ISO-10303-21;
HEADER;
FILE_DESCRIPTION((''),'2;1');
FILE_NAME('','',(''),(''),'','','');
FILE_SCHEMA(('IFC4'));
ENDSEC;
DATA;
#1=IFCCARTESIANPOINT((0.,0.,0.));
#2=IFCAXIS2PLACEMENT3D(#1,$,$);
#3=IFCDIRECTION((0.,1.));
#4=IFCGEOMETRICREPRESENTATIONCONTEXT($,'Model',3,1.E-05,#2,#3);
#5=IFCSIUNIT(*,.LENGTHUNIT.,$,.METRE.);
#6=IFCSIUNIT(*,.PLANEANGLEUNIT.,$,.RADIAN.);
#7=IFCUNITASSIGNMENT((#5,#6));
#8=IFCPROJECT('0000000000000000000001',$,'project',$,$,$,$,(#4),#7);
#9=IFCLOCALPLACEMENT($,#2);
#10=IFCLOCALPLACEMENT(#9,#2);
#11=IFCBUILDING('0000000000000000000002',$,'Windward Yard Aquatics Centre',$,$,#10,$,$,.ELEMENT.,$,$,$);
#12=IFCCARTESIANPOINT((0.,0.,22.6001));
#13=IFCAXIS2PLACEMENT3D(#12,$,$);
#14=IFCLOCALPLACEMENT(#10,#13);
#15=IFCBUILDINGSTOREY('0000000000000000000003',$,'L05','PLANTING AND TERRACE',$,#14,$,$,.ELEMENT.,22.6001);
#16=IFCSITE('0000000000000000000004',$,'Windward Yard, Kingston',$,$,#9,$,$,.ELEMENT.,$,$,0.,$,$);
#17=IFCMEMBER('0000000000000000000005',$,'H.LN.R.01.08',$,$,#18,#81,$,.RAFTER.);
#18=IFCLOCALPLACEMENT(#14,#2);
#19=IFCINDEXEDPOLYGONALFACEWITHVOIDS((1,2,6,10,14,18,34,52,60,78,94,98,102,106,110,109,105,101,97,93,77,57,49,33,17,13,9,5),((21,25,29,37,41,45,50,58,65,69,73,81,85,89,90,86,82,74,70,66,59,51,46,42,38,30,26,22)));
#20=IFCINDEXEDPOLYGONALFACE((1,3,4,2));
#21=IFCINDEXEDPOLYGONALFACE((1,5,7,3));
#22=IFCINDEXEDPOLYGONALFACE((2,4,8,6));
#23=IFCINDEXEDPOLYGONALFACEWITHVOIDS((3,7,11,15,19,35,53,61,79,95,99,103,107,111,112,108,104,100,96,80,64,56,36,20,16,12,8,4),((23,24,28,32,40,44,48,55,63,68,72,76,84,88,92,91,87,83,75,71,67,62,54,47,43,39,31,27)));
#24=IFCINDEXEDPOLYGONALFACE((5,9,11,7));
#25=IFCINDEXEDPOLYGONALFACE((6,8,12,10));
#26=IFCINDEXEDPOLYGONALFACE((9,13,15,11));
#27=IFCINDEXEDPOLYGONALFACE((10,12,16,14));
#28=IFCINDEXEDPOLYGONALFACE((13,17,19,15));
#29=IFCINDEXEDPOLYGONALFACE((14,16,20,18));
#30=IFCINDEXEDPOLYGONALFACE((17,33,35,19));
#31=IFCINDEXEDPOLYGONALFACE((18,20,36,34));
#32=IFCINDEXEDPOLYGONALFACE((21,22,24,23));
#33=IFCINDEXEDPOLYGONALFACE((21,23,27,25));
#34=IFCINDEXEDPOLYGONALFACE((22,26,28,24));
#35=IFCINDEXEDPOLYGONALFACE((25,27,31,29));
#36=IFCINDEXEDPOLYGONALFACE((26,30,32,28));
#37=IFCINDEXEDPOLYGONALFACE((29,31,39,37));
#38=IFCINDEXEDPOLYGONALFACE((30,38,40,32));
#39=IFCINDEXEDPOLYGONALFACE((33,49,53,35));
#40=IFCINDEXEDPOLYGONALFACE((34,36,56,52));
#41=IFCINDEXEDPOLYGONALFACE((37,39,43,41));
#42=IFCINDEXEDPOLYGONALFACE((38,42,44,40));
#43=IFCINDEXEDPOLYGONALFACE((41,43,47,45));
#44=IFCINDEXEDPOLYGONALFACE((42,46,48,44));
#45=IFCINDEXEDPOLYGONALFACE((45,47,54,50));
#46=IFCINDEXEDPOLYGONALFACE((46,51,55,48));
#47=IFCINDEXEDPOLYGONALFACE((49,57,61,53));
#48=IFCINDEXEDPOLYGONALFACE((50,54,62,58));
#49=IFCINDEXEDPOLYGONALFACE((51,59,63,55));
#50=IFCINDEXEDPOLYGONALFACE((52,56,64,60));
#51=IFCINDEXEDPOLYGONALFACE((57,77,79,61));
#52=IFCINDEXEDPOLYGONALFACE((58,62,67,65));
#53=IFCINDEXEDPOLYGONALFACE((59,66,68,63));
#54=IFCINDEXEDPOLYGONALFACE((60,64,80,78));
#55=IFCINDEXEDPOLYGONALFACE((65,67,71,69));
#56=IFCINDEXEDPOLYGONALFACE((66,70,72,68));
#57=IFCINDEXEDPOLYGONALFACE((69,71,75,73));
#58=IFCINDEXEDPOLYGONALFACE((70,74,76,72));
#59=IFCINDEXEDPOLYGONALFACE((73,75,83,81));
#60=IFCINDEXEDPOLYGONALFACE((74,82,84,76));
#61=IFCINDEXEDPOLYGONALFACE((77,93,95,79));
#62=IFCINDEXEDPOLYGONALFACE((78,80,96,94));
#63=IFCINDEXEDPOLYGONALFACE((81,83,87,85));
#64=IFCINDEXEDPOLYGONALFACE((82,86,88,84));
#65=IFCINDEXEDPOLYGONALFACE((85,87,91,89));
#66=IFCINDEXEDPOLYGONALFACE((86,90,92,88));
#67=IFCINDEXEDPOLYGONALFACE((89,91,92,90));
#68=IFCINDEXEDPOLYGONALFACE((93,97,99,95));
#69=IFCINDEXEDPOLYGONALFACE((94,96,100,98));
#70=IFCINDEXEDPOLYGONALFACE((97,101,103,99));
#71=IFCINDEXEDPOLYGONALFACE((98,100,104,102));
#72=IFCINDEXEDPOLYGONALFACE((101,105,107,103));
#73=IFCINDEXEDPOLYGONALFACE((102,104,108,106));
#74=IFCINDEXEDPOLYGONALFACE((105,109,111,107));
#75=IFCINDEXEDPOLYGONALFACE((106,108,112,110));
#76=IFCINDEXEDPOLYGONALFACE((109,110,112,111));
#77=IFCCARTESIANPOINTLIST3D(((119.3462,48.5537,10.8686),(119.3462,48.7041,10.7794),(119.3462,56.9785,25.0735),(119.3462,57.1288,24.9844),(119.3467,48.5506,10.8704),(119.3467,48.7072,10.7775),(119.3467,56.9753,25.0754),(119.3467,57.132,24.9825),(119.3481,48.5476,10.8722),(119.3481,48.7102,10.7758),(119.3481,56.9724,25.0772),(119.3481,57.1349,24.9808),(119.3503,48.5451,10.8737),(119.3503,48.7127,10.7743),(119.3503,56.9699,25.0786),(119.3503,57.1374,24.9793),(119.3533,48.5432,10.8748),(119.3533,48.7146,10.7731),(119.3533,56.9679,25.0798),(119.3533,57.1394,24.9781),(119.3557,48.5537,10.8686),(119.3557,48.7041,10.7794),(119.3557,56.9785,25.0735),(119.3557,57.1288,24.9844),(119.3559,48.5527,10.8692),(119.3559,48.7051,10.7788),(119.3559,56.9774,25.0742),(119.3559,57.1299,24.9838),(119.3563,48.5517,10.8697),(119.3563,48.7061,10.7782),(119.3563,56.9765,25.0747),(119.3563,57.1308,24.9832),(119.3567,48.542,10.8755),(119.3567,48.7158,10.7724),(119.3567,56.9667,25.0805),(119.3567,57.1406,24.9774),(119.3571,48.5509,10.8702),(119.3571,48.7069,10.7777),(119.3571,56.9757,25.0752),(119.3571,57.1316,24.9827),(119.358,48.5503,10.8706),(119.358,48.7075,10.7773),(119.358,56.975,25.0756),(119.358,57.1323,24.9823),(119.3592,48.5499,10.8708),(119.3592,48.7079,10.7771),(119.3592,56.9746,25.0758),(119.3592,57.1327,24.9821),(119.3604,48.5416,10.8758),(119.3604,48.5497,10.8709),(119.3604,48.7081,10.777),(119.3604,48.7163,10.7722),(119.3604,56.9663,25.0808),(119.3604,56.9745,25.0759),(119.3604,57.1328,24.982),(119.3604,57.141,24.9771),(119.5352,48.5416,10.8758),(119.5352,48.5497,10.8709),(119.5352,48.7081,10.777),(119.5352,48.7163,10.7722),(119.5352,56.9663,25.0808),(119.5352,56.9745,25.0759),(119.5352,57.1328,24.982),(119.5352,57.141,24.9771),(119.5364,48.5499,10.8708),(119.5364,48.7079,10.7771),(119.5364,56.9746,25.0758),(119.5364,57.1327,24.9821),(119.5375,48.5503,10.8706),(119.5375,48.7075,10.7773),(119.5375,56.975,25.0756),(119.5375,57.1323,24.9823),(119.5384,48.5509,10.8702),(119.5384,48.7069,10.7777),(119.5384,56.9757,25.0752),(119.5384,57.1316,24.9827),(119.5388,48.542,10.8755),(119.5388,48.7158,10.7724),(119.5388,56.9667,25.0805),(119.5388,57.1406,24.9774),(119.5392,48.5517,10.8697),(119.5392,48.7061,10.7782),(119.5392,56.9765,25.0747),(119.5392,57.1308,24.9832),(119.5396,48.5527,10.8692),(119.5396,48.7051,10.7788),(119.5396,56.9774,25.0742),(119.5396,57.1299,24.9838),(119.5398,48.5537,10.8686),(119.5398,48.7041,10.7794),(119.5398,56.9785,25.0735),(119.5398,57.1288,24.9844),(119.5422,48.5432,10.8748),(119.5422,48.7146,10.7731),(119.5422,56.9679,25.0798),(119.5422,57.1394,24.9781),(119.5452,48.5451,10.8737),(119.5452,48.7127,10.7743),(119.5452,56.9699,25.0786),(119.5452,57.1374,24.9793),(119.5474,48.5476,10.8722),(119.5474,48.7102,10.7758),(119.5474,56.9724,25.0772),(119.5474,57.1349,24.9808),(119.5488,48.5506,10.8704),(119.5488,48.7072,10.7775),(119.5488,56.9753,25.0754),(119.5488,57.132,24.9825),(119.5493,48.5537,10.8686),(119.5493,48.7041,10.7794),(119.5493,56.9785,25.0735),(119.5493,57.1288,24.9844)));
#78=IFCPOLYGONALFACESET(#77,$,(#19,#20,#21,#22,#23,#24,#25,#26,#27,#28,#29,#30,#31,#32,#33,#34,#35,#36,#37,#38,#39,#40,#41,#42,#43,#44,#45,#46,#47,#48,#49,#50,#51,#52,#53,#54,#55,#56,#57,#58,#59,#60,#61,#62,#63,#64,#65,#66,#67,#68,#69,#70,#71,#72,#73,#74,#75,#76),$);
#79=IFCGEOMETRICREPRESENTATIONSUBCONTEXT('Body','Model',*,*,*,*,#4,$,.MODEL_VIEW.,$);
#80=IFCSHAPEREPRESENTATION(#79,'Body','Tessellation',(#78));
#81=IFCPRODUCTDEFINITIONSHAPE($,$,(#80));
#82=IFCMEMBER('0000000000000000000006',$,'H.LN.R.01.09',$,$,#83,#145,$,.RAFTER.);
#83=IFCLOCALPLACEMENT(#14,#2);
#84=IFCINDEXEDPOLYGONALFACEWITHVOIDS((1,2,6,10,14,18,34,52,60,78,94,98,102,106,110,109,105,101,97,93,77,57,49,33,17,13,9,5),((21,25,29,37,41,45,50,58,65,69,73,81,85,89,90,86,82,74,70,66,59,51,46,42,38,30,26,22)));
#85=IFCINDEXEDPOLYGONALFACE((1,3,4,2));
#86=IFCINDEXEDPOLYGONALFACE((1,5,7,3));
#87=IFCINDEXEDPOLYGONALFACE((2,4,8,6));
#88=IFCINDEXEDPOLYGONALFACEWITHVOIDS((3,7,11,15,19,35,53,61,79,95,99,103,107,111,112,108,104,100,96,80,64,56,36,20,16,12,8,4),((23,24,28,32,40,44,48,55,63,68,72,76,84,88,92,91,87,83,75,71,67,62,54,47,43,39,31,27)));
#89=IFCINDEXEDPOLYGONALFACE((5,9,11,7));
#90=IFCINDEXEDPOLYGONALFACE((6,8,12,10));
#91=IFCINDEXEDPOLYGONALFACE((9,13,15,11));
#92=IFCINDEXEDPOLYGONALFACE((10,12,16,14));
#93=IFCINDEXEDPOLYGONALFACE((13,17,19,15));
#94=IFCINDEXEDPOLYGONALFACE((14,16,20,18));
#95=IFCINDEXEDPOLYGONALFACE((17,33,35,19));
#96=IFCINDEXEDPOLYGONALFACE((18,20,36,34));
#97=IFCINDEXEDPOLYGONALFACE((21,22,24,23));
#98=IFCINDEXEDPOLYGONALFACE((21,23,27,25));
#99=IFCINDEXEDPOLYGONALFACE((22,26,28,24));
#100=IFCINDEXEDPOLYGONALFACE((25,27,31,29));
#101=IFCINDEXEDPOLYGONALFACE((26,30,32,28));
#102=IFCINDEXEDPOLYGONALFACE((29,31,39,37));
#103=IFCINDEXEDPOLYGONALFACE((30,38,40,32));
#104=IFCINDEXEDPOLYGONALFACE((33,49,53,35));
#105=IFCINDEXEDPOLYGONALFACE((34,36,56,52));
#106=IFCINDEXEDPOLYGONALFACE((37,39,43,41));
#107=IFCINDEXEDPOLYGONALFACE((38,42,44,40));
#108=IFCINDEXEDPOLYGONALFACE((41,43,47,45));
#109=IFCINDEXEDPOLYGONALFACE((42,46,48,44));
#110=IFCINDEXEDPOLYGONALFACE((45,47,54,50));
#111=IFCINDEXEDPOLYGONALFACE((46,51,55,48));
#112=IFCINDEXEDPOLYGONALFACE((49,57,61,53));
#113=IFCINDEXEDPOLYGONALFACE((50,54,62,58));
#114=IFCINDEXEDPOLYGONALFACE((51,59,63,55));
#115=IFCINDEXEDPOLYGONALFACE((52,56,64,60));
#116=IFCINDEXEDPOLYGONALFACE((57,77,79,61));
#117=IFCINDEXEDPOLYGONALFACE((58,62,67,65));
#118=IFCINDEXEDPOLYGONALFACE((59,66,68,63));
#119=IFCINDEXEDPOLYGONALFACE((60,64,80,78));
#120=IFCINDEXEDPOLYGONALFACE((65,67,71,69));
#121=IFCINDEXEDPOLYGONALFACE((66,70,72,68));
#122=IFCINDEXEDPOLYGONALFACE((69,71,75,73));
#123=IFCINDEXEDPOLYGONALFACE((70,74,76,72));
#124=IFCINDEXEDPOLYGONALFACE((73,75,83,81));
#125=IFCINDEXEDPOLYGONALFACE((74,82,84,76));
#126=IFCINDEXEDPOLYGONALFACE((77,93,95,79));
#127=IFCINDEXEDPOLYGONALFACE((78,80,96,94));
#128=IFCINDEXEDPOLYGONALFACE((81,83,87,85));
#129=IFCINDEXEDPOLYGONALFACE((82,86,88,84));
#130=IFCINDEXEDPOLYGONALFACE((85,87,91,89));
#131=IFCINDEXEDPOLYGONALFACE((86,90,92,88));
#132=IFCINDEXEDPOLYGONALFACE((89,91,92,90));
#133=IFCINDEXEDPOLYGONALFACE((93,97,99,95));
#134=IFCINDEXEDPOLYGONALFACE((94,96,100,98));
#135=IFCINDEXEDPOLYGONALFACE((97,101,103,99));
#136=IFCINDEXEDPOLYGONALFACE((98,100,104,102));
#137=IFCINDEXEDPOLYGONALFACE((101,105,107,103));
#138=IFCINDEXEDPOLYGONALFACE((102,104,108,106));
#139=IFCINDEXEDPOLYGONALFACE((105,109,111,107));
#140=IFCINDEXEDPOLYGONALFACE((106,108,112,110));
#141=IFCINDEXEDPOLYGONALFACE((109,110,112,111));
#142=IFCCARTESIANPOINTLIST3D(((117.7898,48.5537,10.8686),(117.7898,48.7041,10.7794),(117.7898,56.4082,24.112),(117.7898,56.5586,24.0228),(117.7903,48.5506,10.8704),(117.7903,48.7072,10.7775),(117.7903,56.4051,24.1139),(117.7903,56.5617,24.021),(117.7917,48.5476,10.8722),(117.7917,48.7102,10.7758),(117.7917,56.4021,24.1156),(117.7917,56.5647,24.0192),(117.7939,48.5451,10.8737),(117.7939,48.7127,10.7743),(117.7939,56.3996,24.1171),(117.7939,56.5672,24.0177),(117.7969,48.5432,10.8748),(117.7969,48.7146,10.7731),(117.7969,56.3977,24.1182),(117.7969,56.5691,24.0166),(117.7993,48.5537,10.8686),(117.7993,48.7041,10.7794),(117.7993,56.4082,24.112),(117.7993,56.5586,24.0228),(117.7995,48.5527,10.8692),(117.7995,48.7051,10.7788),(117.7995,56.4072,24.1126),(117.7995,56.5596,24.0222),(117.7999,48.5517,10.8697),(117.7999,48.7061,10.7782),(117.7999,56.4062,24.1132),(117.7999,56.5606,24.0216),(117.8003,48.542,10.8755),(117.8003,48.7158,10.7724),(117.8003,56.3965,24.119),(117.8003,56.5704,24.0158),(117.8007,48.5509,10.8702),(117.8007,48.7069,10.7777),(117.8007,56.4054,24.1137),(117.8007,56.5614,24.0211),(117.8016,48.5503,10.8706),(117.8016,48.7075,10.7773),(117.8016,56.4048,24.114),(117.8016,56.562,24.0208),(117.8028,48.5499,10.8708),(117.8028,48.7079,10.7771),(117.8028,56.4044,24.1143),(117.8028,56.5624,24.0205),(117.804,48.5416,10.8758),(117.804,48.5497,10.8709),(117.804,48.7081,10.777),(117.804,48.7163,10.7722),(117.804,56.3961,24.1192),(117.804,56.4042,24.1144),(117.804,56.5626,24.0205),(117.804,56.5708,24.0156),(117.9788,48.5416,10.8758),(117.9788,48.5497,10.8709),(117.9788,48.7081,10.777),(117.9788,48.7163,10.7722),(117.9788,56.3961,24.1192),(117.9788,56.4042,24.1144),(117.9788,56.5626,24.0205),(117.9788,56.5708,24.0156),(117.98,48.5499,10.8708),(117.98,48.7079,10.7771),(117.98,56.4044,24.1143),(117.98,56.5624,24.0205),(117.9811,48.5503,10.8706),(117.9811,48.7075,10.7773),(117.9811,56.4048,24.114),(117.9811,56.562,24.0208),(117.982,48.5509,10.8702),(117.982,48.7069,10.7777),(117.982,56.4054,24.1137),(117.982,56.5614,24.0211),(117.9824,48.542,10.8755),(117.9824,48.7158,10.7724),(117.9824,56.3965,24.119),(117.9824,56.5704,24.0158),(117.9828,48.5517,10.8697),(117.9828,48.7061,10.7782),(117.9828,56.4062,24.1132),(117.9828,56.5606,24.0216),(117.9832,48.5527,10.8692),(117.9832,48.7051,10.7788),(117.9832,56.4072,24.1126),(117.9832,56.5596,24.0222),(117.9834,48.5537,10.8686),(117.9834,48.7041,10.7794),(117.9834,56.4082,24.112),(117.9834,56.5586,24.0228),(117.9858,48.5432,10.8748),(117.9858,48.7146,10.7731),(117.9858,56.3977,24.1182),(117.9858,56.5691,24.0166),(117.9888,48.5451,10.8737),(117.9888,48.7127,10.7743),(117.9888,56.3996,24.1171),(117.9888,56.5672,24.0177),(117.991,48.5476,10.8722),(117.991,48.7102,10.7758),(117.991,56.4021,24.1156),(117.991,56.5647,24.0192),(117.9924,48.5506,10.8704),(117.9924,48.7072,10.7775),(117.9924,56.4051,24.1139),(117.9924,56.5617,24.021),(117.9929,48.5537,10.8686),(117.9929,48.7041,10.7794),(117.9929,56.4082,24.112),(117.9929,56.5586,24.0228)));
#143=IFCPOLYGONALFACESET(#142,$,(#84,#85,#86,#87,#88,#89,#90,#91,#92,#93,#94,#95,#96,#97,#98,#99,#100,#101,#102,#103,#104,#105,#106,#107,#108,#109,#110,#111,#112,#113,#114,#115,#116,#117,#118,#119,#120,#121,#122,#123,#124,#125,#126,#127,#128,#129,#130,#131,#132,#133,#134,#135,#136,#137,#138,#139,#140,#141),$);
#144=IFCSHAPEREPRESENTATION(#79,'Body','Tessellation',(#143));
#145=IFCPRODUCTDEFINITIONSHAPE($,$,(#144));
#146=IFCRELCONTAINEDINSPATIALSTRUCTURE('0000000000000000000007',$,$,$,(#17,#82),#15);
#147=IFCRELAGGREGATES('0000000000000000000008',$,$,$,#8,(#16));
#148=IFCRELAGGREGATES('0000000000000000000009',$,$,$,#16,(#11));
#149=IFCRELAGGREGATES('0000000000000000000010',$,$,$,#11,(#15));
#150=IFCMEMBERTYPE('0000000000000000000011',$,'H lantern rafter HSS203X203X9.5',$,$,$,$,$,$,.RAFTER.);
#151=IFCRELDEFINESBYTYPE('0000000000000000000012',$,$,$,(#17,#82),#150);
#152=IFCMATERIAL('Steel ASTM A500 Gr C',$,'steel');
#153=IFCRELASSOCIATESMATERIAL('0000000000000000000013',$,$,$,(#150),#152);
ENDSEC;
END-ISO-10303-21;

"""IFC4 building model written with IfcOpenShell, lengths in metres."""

from ifc_helpers import new_model, si_unit, direction, frame, origin, origin_2d, place, context, subcontext, project, spatial, hollow_rectangle, extrude, material, material_profile, profile_set, type_object, element, save


model = new_model("IFC4")

# Units and contexts
model_context = context("Model", 3, precision=1e-05, world=origin(), true_north=direction((0.0, 1.0)))
body_context = subcontext(model_context, "Body", "Model", "MODEL_VIEW")
ifc_project = project(units=[si_unit("LENGTHUNIT", "METRE"), si_unit("PLANEANGLEUNIT", "RADIAN")], contexts=[model_context])

# Site, building, storey
site_placement = place(None, origin())
site = spatial("IfcSite", under=ifc_project, at=site_placement, Name="Windward Yard, Kingston", CompositionType="ELEMENT", RefElevation=0.0)
building_placement = place(site_placement, origin())
building = spatial("IfcBuilding", under=site, at=building_placement, Name="Windward Yard Aquatics Centre", CompositionType="ELEMENT")
storey_placement = place(building_placement, frame((0.0, 0.0, 22.6001)))
storey = spatial("IfcBuildingStorey", under=building, at=storey_placement, Name="L05", Description="PLANTING AND TERRACE", CompositionType="ELEMENT", Elevation=22.6001)

# Members
ifc_material_1 = material(Name="Steel ASTM A500 Gr C", Category="steel")
ifc_material_profile_1 = material_profile(ifc_material_1, hollow_rectangle(XDim=0.2031, YDim=0.2031, WallThickness=0.0095, InnerFilletRadius=0.0046, OuterFilletRadius=0.0142, at=origin_2d()), Name="HSS203X203X9.5")
ifc_profile_set_1 = profile_set([ifc_material_profile_1], Name="Steel ASTM A500 Gr C")
member_type_1 = type_object("IfcMemberType", Name="H lantern rafter HSS203X203X9.5", PredefinedType="RAFTER", material=ifc_profile_set_1)
member_1_placement = place(storey_placement, frame((119.4478, 48.6289, 10.824), z_axis=(0.0, 0.510115, 0.860106), x_axis=(-1.0, 0.0, 0.0)))
element("IfcMember", 1, at=member_1_placement, inside=storey, type_object=member_type_1, Name="H.LN.R.01.08", PredefinedType="RAFTER", context=body_context, shape_type="SweptSolid", body=[
    extrude(hollow_rectangle(XDim=0.2031, YDim=0.2031, WallThickness=0.0095, InnerFilletRadius=0.0046, OuterFilletRadius=0.0142, at=origin_2d()), origin(), (0.0, 0.0, 1.0), 16.5154),
])
member_2_placement = place(storey_placement, frame((117.8914, 48.6289, 10.824), z_axis=(0.0, 0.510117, 0.860105), x_axis=(-1.0, 0.0, 0.0)))
element("IfcMember", 2, at=member_2_placement, inside=storey, type_object=member_type_1, Name="H.LN.R.01.09", PredefinedType="RAFTER", context=body_context, shape_type="SweptSolid", body=[
    extrude(hollow_rectangle(XDim=0.2031, YDim=0.2031, WallThickness=0.0095, InnerFilletRadius=0.0046, OuterFilletRadius=0.0142, at=origin_2d()), origin(), (0.0, 0.0, 1.0), 15.3975),
])

save(model, "model.ifc")
